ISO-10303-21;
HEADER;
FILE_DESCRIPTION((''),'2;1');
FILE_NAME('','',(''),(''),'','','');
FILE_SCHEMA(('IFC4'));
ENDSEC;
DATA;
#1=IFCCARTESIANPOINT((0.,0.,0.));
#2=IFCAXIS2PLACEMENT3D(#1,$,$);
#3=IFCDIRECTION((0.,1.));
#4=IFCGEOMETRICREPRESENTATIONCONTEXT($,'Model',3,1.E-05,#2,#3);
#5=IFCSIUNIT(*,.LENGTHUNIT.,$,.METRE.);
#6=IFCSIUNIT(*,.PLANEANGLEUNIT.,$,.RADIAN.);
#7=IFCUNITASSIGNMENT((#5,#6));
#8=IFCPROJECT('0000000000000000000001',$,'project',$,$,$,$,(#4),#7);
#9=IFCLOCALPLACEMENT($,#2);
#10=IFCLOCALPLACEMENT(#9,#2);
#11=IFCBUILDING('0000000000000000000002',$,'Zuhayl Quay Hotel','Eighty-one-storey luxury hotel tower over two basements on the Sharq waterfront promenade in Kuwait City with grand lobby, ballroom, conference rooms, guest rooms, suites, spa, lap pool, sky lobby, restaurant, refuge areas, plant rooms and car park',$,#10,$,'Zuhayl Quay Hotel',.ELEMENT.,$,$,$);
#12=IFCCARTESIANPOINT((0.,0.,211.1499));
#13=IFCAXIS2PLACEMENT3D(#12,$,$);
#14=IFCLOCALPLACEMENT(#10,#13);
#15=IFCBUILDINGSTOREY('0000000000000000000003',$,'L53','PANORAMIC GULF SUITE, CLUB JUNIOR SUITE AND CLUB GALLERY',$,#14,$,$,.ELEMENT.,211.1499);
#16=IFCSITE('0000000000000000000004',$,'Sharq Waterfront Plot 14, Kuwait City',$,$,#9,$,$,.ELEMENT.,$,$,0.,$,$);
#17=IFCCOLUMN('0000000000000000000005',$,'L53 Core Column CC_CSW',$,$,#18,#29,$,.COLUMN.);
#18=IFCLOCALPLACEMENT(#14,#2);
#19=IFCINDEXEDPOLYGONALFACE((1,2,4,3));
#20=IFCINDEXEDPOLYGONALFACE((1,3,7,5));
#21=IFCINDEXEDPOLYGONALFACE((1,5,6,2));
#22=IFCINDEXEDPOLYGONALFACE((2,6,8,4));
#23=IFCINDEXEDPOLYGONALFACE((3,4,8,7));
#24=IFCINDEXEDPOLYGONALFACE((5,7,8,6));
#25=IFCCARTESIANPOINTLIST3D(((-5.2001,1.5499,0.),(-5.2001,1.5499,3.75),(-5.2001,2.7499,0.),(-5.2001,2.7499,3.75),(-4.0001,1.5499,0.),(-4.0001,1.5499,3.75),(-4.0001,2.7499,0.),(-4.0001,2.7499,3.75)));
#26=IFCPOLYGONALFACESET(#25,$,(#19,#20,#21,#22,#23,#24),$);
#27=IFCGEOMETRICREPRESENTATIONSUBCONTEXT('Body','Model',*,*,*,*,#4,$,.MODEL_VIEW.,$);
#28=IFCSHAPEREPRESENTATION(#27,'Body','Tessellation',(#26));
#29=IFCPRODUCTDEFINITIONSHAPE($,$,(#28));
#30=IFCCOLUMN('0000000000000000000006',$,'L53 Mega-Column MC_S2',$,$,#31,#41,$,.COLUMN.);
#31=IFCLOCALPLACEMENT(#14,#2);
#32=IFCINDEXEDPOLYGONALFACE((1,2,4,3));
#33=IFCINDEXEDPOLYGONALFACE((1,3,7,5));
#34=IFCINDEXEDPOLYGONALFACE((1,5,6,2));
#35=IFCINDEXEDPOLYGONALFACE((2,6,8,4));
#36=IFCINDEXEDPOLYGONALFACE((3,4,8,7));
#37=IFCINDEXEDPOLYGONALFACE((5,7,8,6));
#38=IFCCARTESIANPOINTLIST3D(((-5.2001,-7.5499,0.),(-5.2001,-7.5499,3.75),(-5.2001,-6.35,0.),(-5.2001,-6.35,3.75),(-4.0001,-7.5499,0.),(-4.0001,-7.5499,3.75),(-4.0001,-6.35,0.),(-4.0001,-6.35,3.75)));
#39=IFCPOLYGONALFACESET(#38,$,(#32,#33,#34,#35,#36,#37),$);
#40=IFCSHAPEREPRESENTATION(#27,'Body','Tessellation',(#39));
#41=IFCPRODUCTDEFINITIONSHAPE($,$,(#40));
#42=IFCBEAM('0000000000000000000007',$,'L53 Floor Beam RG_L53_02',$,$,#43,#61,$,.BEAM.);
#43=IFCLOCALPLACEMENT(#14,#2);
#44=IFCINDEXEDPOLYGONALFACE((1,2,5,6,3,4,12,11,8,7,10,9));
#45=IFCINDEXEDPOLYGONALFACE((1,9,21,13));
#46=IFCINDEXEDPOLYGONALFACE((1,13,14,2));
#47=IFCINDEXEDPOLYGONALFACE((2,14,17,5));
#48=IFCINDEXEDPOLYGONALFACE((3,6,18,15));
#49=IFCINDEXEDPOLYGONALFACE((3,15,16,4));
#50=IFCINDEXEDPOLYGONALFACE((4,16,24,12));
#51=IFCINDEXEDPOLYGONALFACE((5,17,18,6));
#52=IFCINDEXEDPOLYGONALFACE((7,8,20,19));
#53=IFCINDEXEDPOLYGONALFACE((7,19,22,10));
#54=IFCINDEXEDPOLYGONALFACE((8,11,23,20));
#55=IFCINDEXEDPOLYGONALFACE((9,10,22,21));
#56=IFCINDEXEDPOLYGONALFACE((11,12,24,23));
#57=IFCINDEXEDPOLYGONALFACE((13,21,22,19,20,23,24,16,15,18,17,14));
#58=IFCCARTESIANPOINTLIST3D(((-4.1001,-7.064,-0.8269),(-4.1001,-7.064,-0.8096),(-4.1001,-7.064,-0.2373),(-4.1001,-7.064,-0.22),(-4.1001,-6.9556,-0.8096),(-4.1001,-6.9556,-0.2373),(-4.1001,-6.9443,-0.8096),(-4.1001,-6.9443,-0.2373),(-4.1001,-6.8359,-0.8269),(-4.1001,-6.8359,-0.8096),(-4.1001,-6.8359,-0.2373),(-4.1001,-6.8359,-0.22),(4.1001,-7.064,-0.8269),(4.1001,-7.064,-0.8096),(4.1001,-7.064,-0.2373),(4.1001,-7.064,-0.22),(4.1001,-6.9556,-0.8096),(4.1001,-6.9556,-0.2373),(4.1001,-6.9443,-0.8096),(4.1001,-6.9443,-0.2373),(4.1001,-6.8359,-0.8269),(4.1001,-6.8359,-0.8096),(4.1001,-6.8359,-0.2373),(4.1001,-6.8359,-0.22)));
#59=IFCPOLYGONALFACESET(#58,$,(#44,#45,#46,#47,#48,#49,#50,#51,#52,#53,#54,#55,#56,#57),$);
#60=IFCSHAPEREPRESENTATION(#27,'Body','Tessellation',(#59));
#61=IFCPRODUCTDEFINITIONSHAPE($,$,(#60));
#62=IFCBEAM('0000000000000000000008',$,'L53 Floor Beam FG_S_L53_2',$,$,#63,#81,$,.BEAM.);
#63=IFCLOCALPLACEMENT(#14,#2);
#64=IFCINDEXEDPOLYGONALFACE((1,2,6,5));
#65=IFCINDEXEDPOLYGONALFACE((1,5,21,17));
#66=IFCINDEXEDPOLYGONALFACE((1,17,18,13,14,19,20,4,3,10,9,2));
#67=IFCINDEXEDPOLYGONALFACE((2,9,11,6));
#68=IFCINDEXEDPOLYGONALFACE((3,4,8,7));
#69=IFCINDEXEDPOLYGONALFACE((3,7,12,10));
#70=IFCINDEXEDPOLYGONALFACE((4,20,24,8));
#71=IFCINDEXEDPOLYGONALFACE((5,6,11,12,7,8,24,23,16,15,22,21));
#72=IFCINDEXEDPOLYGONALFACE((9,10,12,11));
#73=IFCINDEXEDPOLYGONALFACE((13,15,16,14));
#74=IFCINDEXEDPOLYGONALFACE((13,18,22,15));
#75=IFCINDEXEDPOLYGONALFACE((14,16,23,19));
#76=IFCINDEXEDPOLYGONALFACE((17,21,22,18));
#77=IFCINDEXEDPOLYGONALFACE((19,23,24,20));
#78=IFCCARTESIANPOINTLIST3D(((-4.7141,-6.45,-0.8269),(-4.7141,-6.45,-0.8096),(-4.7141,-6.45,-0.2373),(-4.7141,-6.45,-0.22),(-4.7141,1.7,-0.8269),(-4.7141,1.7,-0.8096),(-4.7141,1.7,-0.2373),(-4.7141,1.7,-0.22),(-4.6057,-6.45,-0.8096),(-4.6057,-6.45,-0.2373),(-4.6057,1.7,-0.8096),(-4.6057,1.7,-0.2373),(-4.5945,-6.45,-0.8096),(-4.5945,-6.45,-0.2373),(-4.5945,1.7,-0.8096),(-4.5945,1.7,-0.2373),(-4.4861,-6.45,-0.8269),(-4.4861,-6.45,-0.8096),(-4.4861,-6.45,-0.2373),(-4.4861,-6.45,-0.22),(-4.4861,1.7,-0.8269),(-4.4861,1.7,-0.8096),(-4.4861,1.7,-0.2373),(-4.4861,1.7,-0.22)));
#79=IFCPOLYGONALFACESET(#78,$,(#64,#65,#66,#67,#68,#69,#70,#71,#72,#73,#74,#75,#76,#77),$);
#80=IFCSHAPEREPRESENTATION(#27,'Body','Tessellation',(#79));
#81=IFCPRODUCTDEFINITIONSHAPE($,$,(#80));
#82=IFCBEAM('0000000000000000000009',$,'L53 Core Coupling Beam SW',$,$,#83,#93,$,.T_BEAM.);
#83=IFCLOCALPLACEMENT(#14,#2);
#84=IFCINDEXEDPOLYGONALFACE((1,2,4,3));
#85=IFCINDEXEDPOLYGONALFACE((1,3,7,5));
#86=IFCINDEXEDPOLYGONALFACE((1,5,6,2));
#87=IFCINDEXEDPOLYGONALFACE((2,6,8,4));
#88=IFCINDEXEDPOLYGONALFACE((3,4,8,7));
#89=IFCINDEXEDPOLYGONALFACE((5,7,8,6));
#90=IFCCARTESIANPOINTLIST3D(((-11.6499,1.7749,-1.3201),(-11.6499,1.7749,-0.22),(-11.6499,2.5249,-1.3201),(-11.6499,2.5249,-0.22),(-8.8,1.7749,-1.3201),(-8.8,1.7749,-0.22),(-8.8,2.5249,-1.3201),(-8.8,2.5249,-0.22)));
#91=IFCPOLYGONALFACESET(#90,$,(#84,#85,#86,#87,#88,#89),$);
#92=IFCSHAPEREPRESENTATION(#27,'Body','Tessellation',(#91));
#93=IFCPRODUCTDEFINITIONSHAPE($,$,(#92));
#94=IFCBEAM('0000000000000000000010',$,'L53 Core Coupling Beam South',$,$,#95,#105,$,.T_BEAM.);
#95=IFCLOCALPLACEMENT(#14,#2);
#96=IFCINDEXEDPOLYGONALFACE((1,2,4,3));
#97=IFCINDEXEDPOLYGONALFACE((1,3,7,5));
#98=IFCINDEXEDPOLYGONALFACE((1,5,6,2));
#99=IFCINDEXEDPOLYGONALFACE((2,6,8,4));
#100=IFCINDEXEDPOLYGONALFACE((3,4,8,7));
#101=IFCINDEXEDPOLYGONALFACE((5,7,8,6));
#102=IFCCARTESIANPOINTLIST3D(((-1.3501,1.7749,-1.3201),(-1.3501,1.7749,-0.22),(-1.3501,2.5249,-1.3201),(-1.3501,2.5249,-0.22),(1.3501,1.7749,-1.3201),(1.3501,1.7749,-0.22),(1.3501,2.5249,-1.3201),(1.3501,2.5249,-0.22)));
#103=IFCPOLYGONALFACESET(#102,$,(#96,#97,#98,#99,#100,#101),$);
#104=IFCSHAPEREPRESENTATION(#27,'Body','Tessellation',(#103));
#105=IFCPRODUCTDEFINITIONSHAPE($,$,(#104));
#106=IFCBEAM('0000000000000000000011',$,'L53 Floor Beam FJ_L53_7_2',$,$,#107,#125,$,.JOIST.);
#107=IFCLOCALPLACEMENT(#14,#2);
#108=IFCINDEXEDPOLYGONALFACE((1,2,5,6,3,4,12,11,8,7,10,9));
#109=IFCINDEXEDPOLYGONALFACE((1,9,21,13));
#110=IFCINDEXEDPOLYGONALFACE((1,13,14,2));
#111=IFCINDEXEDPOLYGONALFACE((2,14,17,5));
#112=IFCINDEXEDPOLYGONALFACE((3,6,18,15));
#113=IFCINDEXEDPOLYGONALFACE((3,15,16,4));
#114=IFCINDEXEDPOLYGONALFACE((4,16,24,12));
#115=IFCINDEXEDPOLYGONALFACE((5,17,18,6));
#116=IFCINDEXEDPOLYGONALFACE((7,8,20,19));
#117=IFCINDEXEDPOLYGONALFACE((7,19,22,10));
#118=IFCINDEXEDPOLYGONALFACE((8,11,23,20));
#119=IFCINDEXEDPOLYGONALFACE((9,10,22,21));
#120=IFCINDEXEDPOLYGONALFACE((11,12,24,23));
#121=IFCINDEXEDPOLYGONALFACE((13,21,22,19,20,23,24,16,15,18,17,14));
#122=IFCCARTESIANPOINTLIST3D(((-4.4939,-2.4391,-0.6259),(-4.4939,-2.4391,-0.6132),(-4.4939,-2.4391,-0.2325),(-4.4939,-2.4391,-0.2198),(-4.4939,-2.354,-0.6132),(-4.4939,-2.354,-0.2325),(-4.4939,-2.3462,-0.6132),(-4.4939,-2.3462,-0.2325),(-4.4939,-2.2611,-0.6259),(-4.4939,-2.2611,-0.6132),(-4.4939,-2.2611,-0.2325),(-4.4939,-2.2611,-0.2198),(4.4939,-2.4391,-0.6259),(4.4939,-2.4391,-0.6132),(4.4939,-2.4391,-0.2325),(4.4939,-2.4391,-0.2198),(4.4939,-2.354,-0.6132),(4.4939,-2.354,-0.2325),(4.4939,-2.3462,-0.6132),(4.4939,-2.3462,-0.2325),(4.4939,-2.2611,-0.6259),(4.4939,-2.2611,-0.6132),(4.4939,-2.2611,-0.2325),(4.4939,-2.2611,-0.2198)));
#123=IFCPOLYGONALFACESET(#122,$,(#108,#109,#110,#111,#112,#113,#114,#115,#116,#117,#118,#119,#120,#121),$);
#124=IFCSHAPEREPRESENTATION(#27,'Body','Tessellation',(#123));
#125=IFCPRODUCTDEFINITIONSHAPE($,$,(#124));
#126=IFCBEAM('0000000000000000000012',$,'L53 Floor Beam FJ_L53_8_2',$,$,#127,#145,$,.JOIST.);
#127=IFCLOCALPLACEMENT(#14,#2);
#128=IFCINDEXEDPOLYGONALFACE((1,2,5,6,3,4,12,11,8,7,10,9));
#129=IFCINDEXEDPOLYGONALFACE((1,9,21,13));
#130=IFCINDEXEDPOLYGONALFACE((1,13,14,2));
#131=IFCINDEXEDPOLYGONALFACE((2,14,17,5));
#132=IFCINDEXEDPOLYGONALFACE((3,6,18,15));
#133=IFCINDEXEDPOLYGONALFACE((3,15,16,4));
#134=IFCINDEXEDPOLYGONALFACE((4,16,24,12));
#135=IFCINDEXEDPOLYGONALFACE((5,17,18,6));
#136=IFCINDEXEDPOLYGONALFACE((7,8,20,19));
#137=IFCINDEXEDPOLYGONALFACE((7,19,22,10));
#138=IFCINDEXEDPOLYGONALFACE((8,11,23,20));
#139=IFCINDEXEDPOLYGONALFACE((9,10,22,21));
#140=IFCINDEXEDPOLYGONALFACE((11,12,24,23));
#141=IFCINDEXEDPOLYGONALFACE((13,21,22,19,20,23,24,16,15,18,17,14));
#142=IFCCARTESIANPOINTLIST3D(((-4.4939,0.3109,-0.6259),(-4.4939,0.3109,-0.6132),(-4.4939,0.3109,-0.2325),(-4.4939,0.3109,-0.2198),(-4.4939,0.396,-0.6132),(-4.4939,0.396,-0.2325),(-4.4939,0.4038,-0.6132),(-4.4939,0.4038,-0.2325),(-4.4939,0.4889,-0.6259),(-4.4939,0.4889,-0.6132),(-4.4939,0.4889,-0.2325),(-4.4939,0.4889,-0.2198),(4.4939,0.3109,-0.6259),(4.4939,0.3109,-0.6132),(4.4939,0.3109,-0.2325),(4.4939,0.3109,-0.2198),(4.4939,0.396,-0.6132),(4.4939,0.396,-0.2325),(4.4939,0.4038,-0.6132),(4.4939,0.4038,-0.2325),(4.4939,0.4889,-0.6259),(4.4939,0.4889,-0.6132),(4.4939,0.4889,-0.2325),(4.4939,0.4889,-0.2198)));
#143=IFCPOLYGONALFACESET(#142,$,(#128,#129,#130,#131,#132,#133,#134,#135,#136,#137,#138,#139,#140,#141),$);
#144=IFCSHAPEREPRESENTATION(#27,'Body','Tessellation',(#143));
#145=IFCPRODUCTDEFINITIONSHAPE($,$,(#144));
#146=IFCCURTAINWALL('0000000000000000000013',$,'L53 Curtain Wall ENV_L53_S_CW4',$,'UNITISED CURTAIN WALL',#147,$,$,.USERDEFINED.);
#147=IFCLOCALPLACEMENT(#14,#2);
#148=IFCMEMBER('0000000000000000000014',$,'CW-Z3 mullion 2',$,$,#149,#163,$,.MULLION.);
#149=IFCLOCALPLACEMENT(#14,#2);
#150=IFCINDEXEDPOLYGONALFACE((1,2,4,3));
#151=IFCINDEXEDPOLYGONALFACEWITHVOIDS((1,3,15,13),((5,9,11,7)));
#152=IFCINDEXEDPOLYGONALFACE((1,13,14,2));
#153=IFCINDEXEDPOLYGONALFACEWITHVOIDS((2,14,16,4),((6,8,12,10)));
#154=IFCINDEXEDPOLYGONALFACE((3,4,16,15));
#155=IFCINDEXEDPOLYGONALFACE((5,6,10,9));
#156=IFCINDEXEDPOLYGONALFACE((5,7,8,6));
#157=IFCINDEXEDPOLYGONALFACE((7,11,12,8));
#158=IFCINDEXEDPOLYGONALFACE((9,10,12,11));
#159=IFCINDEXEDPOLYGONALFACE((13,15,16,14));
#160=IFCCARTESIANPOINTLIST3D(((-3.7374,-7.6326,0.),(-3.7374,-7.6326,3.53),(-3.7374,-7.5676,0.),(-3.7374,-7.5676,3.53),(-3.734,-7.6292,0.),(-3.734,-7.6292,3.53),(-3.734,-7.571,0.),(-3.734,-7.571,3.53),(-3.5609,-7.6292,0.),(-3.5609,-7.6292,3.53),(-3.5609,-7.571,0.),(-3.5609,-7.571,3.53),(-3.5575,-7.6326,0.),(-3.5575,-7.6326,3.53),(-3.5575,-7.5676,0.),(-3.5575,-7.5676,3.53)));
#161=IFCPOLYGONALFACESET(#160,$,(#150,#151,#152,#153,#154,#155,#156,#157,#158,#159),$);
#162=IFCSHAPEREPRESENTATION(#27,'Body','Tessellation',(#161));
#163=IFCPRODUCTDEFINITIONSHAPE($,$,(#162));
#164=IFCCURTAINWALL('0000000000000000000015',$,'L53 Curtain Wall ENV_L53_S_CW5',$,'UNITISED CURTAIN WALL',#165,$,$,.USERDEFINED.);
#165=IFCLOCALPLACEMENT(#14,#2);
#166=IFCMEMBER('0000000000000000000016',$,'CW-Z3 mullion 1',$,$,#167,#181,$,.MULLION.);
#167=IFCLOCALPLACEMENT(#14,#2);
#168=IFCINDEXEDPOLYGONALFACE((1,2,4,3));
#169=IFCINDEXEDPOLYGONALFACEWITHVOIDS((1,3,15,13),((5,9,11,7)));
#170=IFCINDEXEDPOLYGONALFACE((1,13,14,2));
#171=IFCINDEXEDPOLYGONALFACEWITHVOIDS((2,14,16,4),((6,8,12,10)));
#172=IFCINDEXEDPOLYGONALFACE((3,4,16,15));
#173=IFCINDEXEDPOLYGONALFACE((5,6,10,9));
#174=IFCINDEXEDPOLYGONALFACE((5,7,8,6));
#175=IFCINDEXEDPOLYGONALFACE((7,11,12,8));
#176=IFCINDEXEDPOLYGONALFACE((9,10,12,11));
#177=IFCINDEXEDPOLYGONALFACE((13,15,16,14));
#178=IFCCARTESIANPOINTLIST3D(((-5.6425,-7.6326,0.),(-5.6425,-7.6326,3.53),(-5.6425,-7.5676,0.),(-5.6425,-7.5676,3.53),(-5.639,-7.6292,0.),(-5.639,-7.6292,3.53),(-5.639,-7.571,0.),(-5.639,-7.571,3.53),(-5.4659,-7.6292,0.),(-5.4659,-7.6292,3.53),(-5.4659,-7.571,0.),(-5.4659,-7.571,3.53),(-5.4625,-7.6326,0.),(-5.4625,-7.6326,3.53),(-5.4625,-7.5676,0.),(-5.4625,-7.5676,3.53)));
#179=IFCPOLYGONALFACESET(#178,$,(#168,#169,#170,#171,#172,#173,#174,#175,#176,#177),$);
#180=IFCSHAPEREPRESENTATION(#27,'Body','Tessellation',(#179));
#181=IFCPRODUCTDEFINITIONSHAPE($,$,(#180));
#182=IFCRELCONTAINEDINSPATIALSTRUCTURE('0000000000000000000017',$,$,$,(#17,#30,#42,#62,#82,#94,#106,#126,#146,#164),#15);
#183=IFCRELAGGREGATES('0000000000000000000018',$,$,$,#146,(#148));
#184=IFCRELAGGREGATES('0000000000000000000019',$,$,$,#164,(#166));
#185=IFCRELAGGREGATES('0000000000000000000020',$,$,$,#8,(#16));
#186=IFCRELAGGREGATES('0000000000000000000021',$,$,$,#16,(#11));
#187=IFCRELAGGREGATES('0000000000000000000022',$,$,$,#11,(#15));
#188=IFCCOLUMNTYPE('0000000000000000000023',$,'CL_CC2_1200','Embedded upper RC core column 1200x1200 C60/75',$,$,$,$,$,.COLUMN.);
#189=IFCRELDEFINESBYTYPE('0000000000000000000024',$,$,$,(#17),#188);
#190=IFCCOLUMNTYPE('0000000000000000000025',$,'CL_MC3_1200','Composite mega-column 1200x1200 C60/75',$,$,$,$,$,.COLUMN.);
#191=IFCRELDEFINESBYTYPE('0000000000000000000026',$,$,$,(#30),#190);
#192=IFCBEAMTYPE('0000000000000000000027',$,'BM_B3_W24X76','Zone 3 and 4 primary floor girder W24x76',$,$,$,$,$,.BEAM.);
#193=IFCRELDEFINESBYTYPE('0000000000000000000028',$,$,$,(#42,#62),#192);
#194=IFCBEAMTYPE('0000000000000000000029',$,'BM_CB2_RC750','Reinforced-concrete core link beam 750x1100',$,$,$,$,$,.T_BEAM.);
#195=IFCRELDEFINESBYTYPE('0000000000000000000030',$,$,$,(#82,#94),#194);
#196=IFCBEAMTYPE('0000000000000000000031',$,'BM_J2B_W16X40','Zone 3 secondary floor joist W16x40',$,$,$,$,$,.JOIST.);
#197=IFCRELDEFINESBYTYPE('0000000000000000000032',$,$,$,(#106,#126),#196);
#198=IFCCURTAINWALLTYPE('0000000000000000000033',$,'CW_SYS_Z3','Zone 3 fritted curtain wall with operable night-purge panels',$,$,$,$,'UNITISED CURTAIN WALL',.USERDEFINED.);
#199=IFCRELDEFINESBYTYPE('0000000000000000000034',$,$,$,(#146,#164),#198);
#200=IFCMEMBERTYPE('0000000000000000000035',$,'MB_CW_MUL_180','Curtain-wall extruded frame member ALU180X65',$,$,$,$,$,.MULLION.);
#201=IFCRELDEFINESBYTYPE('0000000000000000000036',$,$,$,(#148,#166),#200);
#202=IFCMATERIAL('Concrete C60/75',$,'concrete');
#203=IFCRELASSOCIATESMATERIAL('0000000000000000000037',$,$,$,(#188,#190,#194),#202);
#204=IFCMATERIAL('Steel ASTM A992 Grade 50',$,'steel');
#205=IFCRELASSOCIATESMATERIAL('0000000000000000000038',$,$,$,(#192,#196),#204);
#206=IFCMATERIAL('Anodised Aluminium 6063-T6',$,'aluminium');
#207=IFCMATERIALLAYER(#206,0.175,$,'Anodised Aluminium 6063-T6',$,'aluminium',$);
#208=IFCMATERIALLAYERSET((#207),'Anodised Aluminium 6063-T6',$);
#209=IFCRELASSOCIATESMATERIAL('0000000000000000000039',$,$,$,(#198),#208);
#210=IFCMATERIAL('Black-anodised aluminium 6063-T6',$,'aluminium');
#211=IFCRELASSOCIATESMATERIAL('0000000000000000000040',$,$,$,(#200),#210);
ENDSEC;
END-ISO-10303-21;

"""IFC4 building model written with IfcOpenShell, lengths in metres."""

from ifc_helpers import new_model, si_unit, direction, frame, origin, origin_2d, place, context, subcontext, project, spatial, rectangle, hollow_rectangle, i_section, extrude, material, layer, layer_set, material_profile, profile_set, type_object, element, aggregate, save


model = new_model("IFC4")

# Units and contexts
model_context = context("Model", 3, precision=1e-05, world=origin(), true_north=direction((0.0, 1.0)))
body_context = subcontext(model_context, "Body", "Model", "MODEL_VIEW")
ifc_project = project(units=[si_unit("LENGTHUNIT", "METRE"), si_unit("PLANEANGLEUNIT", "RADIAN")], contexts=[model_context])

# Site, building, storey
site_placement = place(None, origin())
site = spatial("IfcSite", under=ifc_project, at=site_placement, Name="Sharq Waterfront Plot 14, Kuwait City", CompositionType="ELEMENT", RefElevation=0.0)
building_placement = place(site_placement, origin())
building = spatial("IfcBuilding", under=site, at=building_placement, Name="Zuhayl Quay Hotel", Description="Eighty-one-storey luxury hotel tower over two basements on the Sharq waterfront promenade in Kuwait City with grand lobby, ballroom, conference rooms, guest rooms, suites, spa, lap pool, sky lobby, restaurant, refuge areas, plant rooms and car park", LongName="Zuhayl Quay Hotel", CompositionType="ELEMENT")
storey_placement = place(building_placement, frame((0.0, 0.0, 211.1499)))
storey = spatial("IfcBuildingStorey", under=building, at=storey_placement, Name="L53", Description="PANORAMIC GULF SUITE, CLUB JUNIOR SUITE AND CLUB GALLERY", CompositionType="ELEMENT", Elevation=211.1499)

# Columns
ifc_material_1 = material(Name="Concrete C60/75", Category="concrete")
ifc_material_profile_1 = material_profile(ifc_material_1, rectangle(XDim=1.2, YDim=1.2, at=origin_2d()), Name="RC1200X1200")
ifc_profile_set_1 = profile_set([ifc_material_profile_1], Name="Concrete C60/75")
column_type_1 = type_object("IfcColumnType", Name="CL_CC2_1200", Description="Embedded upper RC core column 1200x1200 C60/75", PredefinedType="COLUMN", material=ifc_profile_set_1)
column_1_placement = place(storey_placement, frame((-4.6001, 2.1499, 0.0), z_axis=(0.0, 0.0, 1.0), x_axis=(1.0, 0.0, 0.0)))
element("IfcColumn", 1, at=column_1_placement, inside=storey, type_object=column_type_1, Name="L53 Core Column CC_CSW", PredefinedType="COLUMN", context=body_context, shape_type="SweptSolid", body=[
    extrude(rectangle(XDim=1.2, YDim=1.2, at=origin_2d()), origin(), (0.0, 0.0, 1.0), 3.75),
])
ifc_material_profile_2 = material_profile(ifc_material_1, rectangle(XDim=1.2, YDim=1.2, at=origin_2d()), Name="RC1200X1200")
ifc_profile_set_2 = profile_set([ifc_material_profile_2], Name="Concrete C60/75")
column_type_2 = type_object("IfcColumnType", Name="CL_MC3_1200", Description="Composite mega-column 1200x1200 C60/75", PredefinedType="COLUMN", material=ifc_profile_set_2)
column_2_placement = place(storey_placement, frame((-4.6001, -6.95, 0.0), z_axis=(0.0, 0.0, 1.0), x_axis=(1.0, 0.0, 0.0)))
element("IfcColumn", 2, at=column_2_placement, inside=storey, type_object=column_type_2, Name="L53 Mega-Column MC_S2", PredefinedType="COLUMN", context=body_context, shape_type="SweptSolid", body=[
    extrude(rectangle(XDim=1.2, YDim=1.2, at=origin_2d()), origin(), (0.0, 0.0, 1.0), 3.75),
])

# Beams
ifc_material_2 = material(Name="Steel ASTM A992 Grade 50", Category="steel")
ifc_material_profile_3 = material_profile(ifc_material_2, i_section(OverallWidth=0.228, OverallDepth=0.6069, WebThickness=0.0112, FlangeThickness=0.0173, at=origin_2d()), Name="W24X76")
ifc_profile_set_3 = profile_set([ifc_material_profile_3], Name="Steel ASTM A992 Grade 50")
beam_type_1 = type_object("IfcBeamType", Name="BM_B3_W24X76", Description="Zone 3 and 4 primary floor girder W24x76", PredefinedType="BEAM", material=ifc_profile_set_3)
beam_1_placement = place(storey_placement, frame((-4.1001, -6.95, -0.5234), z_axis=(1.0, 0.0, 0.0), x_axis=(0.0, 1.0, 0.0)))
element("IfcBeam", 3, at=beam_1_placement, inside=storey, type_object=beam_type_1, Name="L53 Floor Beam RG_L53_02", PredefinedType="BEAM", context=body_context, shape_type="SweptSolid", body=[
    extrude(i_section(OverallWidth=0.228, OverallDepth=0.6069, WebThickness=0.0112, FlangeThickness=0.0173, at=origin_2d()), origin(), (0.0, 0.0, 1.0), 8.2002),
])
beam_2_placement = place(storey_placement, frame((-4.6001, -6.45, -0.5234), z_axis=(0.0, 1.0, 0.0), x_axis=(-1.0, 0.0, 0.0)))
element("IfcBeam", 4, at=beam_2_placement, inside=storey, type_object=beam_type_1, Name="L53 Floor Beam FG_S_L53_2", PredefinedType="BEAM", context=body_context, shape_type="SweptSolid", body=[
    extrude(i_section(OverallWidth=0.228, OverallDepth=0.6069, WebThickness=0.0112, FlangeThickness=0.0173, at=origin_2d()), origin(), (0.0, 0.0, 1.0), 8.1499),
])
ifc_material_profile_4 = material_profile(ifc_material_1, rectangle(XDim=0.75, YDim=1.1001, at=origin_2d()), Name="RC750X1100")
ifc_profile_set_4 = profile_set([ifc_material_profile_4], Name="Concrete C60/75")
beam_type_2 = type_object("IfcBeamType", Name="BM_CB2_RC750", Description="Reinforced-concrete core link beam 750x1100", PredefinedType="T_BEAM", material=ifc_profile_set_4)
beam_3_placement = place(storey_placement, frame((-11.6499, 2.1499, -0.77), z_axis=(1.0, 0.0, 0.0), x_axis=(0.0, 1.0, 0.0)))
element("IfcBeam", 5, at=beam_3_placement, inside=storey, type_object=beam_type_2, Name="L53 Core Coupling Beam SW", PredefinedType="T_BEAM", context=body_context, shape_type="SweptSolid", body=[
    extrude(rectangle(XDim=0.75, YDim=1.1001, at=origin_2d()), origin(), (0.0, 0.0, 1.0), 2.8499),
])
beam_4_placement = place(storey_placement, frame((-1.3501, 2.1499, -0.77), z_axis=(1.0, 0.0, 0.0), x_axis=(0.0, 1.0, 0.0)))
element("IfcBeam", 6, at=beam_4_placement, inside=storey, type_object=beam_type_2, Name="L53 Core Coupling Beam South", PredefinedType="T_BEAM", context=body_context, shape_type="SweptSolid", body=[
    extrude(rectangle(XDim=0.75, YDim=1.1001, at=origin_2d()), origin(), (0.0, 0.0, 1.0), 2.7002),
])
ifc_material_profile_5 = material_profile(ifc_material_2, i_section(OverallWidth=0.178, OverallDepth=0.406, WebThickness=0.0078, FlangeThickness=0.0127, at=origin_2d()), Name="W16X40")
ifc_profile_set_5 = profile_set([ifc_material_profile_5], Name="Steel ASTM A992 Grade 50")
beam_type_3 = type_object("IfcBeamType", Name="BM_J2B_W16X40", Description="Zone 3 secondary floor joist W16x40", PredefinedType="JOIST", material=ifc_profile_set_5)
for number, where, z_axis, x_axis, name in (
    (7, (-4.4939, -2.3501, -0.4229), (1.0, 0.0, 0.0), (0.0, 1.0, 0.0), "L53 Floor Beam FJ_L53_7_2"),
    (8, (-4.4939, 0.3999, -0.4229), (1.0, 0.0, 0.0), (0.0, 1.0, 0.0), "L53 Floor Beam FJ_L53_8_2"),
):
    element("IfcBeam", number, at=place(storey_placement, frame(where, z_axis=z_axis, x_axis=x_axis)), inside=storey, type_object=beam_type_3, Name=name, PredefinedType="JOIST", context=body_context, shape_type="SweptSolid", body=[
        extrude(i_section(OverallWidth=0.178, OverallDepth=0.406, WebThickness=0.0078, FlangeThickness=0.0127, at=origin_2d()), origin(), (0.0, 0.0, 1.0), 8.9878),
    ])

# Curtain wall, member
ifc_material_3 = material(Name="Anodised Aluminium 6063-T6", Category="aluminium")
ifc_layer_1 = layer(ifc_material_3, 0.175, Name="Anodised Aluminium 6063-T6", Category="aluminium")
ifc_layer_set_1 = layer_set([ifc_layer_1], Name="Anodised Aluminium 6063-T6")
curtain_wall_type = type_object("IfcCurtainWallType", Name="CW_SYS_Z3", Description="Zone 3 fritted curtain wall with operable night-purge panels", ElementType="UNITISED CURTAIN WALL", PredefinedType="USERDEFINED", material=ifc_layer_set_1)
curtain_wall_1_placement = place(storey_placement, origin())
curtain_wall_1 = element("IfcCurtainWall", 9, at=curtain_wall_1_placement, inside=storey, type_object=curtain_wall_type, Name="L53 Curtain Wall ENV_L53_S_CW4", ObjectType="UNITISED CURTAIN WALL", PredefinedType="USERDEFINED")
ifc_material_4 = material(Name="Black-anodised aluminium 6063-T6", Category="aluminium")
ifc_material_profile_6 = material_profile(ifc_material_4, hollow_rectangle(XDim=0.0649, YDim=0.1799, WallThickness=0.0034, at=origin_2d()), Name="ALU180X65")
ifc_profile_set_6 = profile_set([ifc_material_profile_6], Name="Black-anodised aluminium 6063-T6")
member_type_1 = type_object("IfcMemberType", Name="MB_CW_MUL_180", Description="Curtain-wall extruded frame member ALU180X65", PredefinedType="MULLION", material=ifc_profile_set_6)
member_1_placement = place(storey_placement, frame((-3.6475, -7.6001, 0.0), z_axis=(0.0, 0.0, 1.0), x_axis=(0.0, -1.0, 0.0)))
member_1 = element("IfcMember", 10, at=member_1_placement, type_object=member_type_1, Name="CW-Z3 mullion 2", PredefinedType="MULLION", context=body_context, shape_type="SweptSolid", body=[
    extrude(hollow_rectangle(XDim=0.0649, YDim=0.1799, WallThickness=0.0034, at=origin_2d()), origin(), (0.0, 0.0, 1.0), 3.53),
])

# Curtain wall, member
curtain_wall_2_placement = place(storey_placement, origin())
curtain_wall_2 = element("IfcCurtainWall", 11, at=curtain_wall_2_placement, inside=storey, type_object=curtain_wall_type, Name="L53 Curtain Wall ENV_L53_S_CW5", ObjectType="UNITISED CURTAIN WALL", PredefinedType="USERDEFINED")
member_2_placement = place(storey_placement, frame((-5.5525, -7.6001, 0.0), z_axis=(0.0, 0.0, 1.0), x_axis=(0.0, -1.0, 0.0)))
member_2 = element("IfcMember", 12, at=member_2_placement, type_object=member_type_1, Name="CW-Z3 mullion 1", PredefinedType="MULLION", context=body_context, shape_type="SweptSolid", body=[
    extrude(hollow_rectangle(XDim=0.0649, YDim=0.1799, WallThickness=0.0034, at=origin_2d()), origin(), (0.0, 0.0, 1.0), 3.53),
])

aggregate(curtain_wall_1, [member_1])
aggregate(curtain_wall_2, [member_2])

save(model, "model.ifc")
